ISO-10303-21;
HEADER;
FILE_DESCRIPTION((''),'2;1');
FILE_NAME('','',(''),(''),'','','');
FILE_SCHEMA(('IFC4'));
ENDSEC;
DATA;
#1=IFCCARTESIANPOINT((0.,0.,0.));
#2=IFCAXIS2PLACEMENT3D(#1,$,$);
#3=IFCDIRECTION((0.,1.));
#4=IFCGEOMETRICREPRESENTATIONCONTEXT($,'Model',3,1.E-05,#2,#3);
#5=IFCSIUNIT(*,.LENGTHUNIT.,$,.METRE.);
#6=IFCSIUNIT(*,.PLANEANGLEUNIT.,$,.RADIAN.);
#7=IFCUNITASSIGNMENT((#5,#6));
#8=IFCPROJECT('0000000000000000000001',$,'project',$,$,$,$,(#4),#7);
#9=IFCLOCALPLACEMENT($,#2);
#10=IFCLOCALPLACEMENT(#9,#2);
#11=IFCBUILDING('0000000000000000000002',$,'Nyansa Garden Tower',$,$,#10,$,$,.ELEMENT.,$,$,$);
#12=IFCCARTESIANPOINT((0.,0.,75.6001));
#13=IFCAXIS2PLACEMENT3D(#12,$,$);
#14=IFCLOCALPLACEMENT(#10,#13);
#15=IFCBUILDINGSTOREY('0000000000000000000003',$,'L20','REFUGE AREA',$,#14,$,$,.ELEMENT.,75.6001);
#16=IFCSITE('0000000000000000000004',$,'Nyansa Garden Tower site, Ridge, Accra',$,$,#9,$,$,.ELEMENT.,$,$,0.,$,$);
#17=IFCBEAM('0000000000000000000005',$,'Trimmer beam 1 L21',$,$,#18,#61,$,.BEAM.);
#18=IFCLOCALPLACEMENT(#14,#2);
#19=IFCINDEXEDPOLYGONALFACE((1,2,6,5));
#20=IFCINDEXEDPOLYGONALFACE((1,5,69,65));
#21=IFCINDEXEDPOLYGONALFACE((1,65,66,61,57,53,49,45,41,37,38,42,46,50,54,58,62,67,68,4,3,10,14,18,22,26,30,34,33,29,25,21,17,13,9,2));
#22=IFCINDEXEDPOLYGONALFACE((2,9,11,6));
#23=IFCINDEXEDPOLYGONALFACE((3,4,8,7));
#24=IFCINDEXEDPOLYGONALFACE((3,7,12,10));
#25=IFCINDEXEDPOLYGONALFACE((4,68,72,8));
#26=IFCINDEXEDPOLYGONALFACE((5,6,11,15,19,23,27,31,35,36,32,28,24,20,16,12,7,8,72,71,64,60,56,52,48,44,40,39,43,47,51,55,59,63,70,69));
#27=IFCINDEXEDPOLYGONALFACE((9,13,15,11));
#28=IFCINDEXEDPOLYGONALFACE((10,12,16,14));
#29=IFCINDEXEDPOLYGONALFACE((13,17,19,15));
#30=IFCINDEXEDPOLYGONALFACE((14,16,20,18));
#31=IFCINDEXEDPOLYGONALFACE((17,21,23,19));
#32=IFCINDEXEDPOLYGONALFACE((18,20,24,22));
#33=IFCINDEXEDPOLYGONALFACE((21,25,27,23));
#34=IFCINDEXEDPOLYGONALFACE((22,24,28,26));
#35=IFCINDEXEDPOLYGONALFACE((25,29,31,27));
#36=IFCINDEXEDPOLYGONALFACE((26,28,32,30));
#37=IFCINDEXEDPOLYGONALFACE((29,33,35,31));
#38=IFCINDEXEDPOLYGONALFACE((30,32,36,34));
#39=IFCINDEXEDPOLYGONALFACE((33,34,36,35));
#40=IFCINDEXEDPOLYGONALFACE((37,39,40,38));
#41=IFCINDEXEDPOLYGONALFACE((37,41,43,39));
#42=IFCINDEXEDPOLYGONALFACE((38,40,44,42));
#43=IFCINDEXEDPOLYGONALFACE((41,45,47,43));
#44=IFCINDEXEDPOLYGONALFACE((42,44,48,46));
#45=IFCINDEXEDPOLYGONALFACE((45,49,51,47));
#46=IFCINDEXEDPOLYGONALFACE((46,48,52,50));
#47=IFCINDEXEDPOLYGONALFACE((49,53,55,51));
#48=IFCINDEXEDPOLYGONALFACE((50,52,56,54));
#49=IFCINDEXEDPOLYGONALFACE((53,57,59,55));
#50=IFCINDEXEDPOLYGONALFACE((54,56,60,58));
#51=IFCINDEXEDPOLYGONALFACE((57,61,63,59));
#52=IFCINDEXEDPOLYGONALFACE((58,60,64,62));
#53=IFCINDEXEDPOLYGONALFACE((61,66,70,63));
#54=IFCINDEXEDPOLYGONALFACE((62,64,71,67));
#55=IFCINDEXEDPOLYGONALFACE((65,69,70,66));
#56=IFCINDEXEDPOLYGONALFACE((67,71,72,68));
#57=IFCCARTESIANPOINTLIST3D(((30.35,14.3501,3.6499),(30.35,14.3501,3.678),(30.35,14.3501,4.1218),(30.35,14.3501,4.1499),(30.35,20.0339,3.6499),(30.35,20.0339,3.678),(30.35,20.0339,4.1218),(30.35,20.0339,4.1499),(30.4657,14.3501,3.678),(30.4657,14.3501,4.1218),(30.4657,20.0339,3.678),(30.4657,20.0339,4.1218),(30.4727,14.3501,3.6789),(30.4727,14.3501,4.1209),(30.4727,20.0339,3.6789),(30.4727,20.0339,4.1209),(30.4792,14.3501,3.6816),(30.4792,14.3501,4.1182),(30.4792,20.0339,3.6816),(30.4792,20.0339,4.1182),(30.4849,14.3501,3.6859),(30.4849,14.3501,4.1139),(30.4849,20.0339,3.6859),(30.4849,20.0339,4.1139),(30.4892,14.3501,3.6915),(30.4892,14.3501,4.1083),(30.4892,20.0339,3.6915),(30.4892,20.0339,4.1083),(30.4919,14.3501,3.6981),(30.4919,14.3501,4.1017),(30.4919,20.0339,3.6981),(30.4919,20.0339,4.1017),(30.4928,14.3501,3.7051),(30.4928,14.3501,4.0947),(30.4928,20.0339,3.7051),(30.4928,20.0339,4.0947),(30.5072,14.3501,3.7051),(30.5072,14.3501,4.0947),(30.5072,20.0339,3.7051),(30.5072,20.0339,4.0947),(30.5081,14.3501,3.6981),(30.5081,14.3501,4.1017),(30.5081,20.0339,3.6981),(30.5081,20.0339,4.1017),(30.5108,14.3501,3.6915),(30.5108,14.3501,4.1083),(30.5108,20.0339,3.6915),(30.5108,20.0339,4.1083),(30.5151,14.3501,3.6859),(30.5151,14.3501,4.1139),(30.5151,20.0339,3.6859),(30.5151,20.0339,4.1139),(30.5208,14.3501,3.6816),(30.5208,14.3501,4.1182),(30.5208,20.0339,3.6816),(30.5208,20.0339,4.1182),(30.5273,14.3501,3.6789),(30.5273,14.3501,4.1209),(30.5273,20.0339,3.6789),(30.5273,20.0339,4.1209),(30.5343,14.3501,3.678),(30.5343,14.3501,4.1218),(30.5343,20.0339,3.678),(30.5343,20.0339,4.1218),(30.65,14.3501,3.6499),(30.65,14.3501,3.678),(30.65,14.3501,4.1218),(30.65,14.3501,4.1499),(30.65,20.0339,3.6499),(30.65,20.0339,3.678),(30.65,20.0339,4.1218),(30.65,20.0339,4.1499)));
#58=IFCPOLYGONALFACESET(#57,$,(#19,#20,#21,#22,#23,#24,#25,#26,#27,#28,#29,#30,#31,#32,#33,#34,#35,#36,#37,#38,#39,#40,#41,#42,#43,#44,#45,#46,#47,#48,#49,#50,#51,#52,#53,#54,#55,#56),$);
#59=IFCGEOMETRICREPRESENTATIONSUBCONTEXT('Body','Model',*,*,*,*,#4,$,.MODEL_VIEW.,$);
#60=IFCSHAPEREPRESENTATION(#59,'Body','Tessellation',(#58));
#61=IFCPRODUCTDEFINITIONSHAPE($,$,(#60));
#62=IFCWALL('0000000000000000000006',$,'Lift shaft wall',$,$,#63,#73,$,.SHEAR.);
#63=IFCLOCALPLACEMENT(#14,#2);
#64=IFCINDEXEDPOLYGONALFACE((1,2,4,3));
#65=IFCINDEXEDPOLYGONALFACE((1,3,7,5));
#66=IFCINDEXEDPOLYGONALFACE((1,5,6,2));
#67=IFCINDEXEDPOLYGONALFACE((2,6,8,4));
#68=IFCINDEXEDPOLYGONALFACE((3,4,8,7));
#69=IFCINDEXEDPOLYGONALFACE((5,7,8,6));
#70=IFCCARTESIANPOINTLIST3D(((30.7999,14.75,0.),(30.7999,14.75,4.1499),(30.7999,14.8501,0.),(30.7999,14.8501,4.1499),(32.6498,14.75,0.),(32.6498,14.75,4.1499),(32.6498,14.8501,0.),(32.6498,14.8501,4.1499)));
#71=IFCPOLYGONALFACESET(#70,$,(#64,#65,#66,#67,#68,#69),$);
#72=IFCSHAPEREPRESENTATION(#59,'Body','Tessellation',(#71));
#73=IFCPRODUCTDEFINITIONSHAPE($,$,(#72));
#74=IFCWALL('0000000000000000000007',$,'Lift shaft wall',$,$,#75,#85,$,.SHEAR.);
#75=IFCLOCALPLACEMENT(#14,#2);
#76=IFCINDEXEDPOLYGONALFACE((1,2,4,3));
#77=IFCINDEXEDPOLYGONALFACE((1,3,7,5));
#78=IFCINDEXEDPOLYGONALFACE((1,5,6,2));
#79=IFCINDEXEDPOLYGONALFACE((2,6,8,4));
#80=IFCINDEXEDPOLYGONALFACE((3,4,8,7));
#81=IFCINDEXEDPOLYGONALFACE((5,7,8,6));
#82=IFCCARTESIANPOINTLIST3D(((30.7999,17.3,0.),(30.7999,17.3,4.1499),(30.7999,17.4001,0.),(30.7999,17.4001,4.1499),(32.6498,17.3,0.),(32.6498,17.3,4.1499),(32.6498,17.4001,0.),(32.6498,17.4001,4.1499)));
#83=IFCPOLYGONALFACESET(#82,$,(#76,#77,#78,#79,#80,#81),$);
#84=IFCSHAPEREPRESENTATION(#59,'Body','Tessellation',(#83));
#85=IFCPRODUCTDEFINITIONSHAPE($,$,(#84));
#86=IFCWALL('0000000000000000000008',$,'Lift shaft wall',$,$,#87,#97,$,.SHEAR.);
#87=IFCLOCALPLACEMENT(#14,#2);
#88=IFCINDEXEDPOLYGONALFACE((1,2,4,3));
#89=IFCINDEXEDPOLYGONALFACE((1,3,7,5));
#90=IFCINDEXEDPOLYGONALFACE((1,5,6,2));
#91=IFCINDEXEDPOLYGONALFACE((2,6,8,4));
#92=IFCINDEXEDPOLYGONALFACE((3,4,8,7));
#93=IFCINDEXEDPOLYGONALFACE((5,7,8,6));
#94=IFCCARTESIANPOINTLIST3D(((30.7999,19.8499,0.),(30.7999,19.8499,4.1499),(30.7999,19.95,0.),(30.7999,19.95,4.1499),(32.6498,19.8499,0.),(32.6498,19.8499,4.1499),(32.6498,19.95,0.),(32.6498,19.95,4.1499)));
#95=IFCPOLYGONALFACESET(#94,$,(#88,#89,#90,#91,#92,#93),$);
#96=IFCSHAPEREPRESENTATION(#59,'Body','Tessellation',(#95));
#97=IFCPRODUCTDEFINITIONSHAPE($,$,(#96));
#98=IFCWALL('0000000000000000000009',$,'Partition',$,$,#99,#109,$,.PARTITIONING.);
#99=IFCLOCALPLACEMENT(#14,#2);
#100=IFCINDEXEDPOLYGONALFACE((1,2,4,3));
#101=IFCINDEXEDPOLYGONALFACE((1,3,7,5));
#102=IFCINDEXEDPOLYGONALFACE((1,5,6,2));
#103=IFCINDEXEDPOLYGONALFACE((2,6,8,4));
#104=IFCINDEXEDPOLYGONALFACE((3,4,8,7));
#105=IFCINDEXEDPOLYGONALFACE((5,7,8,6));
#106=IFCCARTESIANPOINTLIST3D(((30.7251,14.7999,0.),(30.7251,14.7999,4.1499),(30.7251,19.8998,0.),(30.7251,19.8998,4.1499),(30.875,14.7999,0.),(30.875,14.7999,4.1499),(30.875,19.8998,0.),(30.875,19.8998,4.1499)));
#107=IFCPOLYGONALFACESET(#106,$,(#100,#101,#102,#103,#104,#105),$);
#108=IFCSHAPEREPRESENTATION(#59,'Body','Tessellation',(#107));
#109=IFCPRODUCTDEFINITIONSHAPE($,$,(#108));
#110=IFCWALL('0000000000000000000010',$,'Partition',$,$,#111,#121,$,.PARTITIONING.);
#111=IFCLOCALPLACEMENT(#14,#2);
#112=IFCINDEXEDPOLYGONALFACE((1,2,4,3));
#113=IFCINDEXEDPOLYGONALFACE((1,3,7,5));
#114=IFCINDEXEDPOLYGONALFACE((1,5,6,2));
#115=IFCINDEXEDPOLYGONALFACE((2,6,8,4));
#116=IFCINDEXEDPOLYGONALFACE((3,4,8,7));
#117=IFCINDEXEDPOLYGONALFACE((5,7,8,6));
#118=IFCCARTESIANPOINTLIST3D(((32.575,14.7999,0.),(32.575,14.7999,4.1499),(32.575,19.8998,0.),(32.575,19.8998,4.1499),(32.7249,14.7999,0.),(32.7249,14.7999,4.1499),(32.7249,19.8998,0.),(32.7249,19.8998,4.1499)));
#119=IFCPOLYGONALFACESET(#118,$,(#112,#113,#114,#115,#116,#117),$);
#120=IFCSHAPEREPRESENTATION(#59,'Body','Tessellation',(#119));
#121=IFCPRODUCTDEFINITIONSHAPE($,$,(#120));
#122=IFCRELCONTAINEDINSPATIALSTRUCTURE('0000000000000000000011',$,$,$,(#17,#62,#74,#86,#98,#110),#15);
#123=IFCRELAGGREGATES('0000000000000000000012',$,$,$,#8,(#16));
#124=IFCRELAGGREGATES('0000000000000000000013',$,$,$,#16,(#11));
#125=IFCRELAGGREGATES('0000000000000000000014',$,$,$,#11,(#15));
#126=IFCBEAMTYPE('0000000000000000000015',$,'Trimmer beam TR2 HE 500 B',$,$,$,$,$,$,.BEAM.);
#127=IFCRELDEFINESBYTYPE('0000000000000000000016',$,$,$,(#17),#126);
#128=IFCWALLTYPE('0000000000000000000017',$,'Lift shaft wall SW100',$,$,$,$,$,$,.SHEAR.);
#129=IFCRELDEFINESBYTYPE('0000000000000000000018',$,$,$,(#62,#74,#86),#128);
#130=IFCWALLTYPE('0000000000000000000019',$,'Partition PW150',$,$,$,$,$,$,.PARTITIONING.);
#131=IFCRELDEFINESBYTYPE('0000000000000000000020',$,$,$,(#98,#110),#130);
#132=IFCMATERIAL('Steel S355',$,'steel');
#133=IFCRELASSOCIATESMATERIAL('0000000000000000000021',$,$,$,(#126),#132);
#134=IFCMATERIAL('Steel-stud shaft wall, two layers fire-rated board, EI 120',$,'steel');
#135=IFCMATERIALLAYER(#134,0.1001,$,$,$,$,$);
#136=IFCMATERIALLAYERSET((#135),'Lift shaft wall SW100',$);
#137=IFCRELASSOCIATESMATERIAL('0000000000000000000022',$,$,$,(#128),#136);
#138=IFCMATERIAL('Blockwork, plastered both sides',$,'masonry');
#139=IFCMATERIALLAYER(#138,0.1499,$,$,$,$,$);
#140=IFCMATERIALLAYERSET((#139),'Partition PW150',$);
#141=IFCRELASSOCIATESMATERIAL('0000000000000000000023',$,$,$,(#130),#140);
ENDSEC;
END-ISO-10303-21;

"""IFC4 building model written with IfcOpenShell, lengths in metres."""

from ifc_helpers import new_model, si_unit, direction, frame, frame_2d, origin, origin_2d, place, context, subcontext, project, spatial, rectangle, i_section, extrude, material, layer, layer_set, material_profile, profile_set, type_object, element, save


model = new_model("IFC4")

# Units and contexts
model_context = context("Model", 3, precision=1e-05, world=origin(), true_north=direction((0.0, 1.0)))
body_context = subcontext(model_context, "Body", "Model", "MODEL_VIEW")
ifc_project = project(units=[si_unit("LENGTHUNIT", "METRE"), si_unit("PLANEANGLEUNIT", "RADIAN")], contexts=[model_context])

# Site, building, storey
site_placement = place(None, origin())
site = spatial("IfcSite", under=ifc_project, at=site_placement, Name="Nyansa Garden Tower site, Ridge, Accra", CompositionType="ELEMENT", RefElevation=0.0)
building_placement = place(site_placement, origin())
building = spatial("IfcBuilding", under=site, at=building_placement, Name="Nyansa Garden Tower", CompositionType="ELEMENT")
storey_placement = place(building_placement, frame((0.0, 0.0, 75.6001)))
storey = spatial("IfcBuildingStorey", under=building, at=storey_placement, Name="L20", Description="REFUGE AREA", CompositionType="ELEMENT", Elevation=75.6001)

# Beam
ifc_material_1 = material(Name="Steel S355", Category="steel")
ifc_material_profile_1 = material_profile(ifc_material_1, i_section(OverallWidth=0.3, OverallDepth=0.5, WebThickness=0.0144, FlangeThickness=0.0281, FilletRadius=0.0271, at=origin_2d()), Name="HE 500 B")
ifc_profile_set_1 = profile_set([ifc_material_profile_1], Name="Steel S355")
beam_type_1 = type_object("IfcBeamType", Name="Trimmer beam TR2 HE 500 B", PredefinedType="BEAM", material=ifc_profile_set_1)
beam_1_placement = place(storey_placement, frame((30.5, 14.3501, 3.8999), z_axis=(0.0, 1.0, 0.0), x_axis=(-1.0, 0.0, 0.0)))
element("IfcBeam", 1, at=beam_1_placement, inside=storey, type_object=beam_type_1, Name="Trimmer beam 1 L21", PredefinedType="BEAM", context=body_context, shape_type="SweptSolid", body=[
    extrude(i_section(OverallWidth=0.3, OverallDepth=0.5, WebThickness=0.0144, FlangeThickness=0.0281, FilletRadius=0.0271, at=origin_2d()), origin(), (0.0, 0.0, 1.0), 5.6838),
])

# Walls
ifc_material_2 = material(Name="Steel-stud shaft wall, two layers fire-rated board, EI 120", Category="steel")
ifc_layer_1 = layer(ifc_material_2, 0.1001)
ifc_layer_set_1 = layer_set([ifc_layer_1], Name="Lift shaft wall SW100")
wall_type_1 = type_object("IfcWallType", Name="Lift shaft wall SW100", PredefinedType="SHEAR", material=ifc_layer_set_1)
for number, where, z_axis, x_axis, name in (
    (2, (30.8, 14.8, 0.0), (0.0, 0.0, 1.0), (1.0, 0.0, 0.0), "Lift shaft wall"),
    (3, (30.8, 17.3501, 0.0), (0.0, 0.0, 1.0), (1.0, 0.0, 0.0), "Lift shaft wall"),
    (4, (30.8, 19.8999, 0.0), (0.0, 0.0, 1.0), (1.0, 0.0, 0.0), "Lift shaft wall"),
):
    element("IfcWall", number, at=place(storey_placement, frame(where, z_axis=z_axis, x_axis=x_axis)), inside=storey, type_object=wall_type_1, Name=name, PredefinedType="SHEAR", context=body_context, shape_type="SweptSolid", body=[
        extrude(rectangle(XDim=1.8499, YDim=0.1001, at=frame_2d((0.9248, 0.0))), origin(), (0.0, 0.0, 1.0), 4.1499),
    ])
ifc_material_3 = material(Name="Blockwork, plastered both sides", Category="masonry")
ifc_layer_2 = layer(ifc_material_3, 0.1499)
ifc_layer_set_2 = layer_set([ifc_layer_2], Name="Partition PW150")
wall_type_2 = type_object("IfcWallType", Name="Partition PW150", PredefinedType="PARTITIONING", material=ifc_layer_set_2)
for number, where, z_axis, x_axis, name in (
    (5, (30.8, 14.8, 0.0), (0.0, 0.0, 1.0), (0.0, 1.0, 0.0), "Partition"),
    (6, (32.6499, 14.8, 0.0), (0.0, 0.0, 1.0), (0.0, 1.0, 0.0), "Partition"),
):
    element("IfcWall", number, at=place(storey_placement, frame(where, z_axis=z_axis, x_axis=x_axis)), inside=storey, type_object=wall_type_2, Name=name, PredefinedType="PARTITIONING", context=body_context, shape_type="SweptSolid", body=[
        extrude(rectangle(XDim=5.0999, YDim=0.1499, at=frame_2d((2.5498, 0.0))), origin(), (0.0, 0.0, 1.0), 4.1499),
    ])

save(model, "model.ifc")
